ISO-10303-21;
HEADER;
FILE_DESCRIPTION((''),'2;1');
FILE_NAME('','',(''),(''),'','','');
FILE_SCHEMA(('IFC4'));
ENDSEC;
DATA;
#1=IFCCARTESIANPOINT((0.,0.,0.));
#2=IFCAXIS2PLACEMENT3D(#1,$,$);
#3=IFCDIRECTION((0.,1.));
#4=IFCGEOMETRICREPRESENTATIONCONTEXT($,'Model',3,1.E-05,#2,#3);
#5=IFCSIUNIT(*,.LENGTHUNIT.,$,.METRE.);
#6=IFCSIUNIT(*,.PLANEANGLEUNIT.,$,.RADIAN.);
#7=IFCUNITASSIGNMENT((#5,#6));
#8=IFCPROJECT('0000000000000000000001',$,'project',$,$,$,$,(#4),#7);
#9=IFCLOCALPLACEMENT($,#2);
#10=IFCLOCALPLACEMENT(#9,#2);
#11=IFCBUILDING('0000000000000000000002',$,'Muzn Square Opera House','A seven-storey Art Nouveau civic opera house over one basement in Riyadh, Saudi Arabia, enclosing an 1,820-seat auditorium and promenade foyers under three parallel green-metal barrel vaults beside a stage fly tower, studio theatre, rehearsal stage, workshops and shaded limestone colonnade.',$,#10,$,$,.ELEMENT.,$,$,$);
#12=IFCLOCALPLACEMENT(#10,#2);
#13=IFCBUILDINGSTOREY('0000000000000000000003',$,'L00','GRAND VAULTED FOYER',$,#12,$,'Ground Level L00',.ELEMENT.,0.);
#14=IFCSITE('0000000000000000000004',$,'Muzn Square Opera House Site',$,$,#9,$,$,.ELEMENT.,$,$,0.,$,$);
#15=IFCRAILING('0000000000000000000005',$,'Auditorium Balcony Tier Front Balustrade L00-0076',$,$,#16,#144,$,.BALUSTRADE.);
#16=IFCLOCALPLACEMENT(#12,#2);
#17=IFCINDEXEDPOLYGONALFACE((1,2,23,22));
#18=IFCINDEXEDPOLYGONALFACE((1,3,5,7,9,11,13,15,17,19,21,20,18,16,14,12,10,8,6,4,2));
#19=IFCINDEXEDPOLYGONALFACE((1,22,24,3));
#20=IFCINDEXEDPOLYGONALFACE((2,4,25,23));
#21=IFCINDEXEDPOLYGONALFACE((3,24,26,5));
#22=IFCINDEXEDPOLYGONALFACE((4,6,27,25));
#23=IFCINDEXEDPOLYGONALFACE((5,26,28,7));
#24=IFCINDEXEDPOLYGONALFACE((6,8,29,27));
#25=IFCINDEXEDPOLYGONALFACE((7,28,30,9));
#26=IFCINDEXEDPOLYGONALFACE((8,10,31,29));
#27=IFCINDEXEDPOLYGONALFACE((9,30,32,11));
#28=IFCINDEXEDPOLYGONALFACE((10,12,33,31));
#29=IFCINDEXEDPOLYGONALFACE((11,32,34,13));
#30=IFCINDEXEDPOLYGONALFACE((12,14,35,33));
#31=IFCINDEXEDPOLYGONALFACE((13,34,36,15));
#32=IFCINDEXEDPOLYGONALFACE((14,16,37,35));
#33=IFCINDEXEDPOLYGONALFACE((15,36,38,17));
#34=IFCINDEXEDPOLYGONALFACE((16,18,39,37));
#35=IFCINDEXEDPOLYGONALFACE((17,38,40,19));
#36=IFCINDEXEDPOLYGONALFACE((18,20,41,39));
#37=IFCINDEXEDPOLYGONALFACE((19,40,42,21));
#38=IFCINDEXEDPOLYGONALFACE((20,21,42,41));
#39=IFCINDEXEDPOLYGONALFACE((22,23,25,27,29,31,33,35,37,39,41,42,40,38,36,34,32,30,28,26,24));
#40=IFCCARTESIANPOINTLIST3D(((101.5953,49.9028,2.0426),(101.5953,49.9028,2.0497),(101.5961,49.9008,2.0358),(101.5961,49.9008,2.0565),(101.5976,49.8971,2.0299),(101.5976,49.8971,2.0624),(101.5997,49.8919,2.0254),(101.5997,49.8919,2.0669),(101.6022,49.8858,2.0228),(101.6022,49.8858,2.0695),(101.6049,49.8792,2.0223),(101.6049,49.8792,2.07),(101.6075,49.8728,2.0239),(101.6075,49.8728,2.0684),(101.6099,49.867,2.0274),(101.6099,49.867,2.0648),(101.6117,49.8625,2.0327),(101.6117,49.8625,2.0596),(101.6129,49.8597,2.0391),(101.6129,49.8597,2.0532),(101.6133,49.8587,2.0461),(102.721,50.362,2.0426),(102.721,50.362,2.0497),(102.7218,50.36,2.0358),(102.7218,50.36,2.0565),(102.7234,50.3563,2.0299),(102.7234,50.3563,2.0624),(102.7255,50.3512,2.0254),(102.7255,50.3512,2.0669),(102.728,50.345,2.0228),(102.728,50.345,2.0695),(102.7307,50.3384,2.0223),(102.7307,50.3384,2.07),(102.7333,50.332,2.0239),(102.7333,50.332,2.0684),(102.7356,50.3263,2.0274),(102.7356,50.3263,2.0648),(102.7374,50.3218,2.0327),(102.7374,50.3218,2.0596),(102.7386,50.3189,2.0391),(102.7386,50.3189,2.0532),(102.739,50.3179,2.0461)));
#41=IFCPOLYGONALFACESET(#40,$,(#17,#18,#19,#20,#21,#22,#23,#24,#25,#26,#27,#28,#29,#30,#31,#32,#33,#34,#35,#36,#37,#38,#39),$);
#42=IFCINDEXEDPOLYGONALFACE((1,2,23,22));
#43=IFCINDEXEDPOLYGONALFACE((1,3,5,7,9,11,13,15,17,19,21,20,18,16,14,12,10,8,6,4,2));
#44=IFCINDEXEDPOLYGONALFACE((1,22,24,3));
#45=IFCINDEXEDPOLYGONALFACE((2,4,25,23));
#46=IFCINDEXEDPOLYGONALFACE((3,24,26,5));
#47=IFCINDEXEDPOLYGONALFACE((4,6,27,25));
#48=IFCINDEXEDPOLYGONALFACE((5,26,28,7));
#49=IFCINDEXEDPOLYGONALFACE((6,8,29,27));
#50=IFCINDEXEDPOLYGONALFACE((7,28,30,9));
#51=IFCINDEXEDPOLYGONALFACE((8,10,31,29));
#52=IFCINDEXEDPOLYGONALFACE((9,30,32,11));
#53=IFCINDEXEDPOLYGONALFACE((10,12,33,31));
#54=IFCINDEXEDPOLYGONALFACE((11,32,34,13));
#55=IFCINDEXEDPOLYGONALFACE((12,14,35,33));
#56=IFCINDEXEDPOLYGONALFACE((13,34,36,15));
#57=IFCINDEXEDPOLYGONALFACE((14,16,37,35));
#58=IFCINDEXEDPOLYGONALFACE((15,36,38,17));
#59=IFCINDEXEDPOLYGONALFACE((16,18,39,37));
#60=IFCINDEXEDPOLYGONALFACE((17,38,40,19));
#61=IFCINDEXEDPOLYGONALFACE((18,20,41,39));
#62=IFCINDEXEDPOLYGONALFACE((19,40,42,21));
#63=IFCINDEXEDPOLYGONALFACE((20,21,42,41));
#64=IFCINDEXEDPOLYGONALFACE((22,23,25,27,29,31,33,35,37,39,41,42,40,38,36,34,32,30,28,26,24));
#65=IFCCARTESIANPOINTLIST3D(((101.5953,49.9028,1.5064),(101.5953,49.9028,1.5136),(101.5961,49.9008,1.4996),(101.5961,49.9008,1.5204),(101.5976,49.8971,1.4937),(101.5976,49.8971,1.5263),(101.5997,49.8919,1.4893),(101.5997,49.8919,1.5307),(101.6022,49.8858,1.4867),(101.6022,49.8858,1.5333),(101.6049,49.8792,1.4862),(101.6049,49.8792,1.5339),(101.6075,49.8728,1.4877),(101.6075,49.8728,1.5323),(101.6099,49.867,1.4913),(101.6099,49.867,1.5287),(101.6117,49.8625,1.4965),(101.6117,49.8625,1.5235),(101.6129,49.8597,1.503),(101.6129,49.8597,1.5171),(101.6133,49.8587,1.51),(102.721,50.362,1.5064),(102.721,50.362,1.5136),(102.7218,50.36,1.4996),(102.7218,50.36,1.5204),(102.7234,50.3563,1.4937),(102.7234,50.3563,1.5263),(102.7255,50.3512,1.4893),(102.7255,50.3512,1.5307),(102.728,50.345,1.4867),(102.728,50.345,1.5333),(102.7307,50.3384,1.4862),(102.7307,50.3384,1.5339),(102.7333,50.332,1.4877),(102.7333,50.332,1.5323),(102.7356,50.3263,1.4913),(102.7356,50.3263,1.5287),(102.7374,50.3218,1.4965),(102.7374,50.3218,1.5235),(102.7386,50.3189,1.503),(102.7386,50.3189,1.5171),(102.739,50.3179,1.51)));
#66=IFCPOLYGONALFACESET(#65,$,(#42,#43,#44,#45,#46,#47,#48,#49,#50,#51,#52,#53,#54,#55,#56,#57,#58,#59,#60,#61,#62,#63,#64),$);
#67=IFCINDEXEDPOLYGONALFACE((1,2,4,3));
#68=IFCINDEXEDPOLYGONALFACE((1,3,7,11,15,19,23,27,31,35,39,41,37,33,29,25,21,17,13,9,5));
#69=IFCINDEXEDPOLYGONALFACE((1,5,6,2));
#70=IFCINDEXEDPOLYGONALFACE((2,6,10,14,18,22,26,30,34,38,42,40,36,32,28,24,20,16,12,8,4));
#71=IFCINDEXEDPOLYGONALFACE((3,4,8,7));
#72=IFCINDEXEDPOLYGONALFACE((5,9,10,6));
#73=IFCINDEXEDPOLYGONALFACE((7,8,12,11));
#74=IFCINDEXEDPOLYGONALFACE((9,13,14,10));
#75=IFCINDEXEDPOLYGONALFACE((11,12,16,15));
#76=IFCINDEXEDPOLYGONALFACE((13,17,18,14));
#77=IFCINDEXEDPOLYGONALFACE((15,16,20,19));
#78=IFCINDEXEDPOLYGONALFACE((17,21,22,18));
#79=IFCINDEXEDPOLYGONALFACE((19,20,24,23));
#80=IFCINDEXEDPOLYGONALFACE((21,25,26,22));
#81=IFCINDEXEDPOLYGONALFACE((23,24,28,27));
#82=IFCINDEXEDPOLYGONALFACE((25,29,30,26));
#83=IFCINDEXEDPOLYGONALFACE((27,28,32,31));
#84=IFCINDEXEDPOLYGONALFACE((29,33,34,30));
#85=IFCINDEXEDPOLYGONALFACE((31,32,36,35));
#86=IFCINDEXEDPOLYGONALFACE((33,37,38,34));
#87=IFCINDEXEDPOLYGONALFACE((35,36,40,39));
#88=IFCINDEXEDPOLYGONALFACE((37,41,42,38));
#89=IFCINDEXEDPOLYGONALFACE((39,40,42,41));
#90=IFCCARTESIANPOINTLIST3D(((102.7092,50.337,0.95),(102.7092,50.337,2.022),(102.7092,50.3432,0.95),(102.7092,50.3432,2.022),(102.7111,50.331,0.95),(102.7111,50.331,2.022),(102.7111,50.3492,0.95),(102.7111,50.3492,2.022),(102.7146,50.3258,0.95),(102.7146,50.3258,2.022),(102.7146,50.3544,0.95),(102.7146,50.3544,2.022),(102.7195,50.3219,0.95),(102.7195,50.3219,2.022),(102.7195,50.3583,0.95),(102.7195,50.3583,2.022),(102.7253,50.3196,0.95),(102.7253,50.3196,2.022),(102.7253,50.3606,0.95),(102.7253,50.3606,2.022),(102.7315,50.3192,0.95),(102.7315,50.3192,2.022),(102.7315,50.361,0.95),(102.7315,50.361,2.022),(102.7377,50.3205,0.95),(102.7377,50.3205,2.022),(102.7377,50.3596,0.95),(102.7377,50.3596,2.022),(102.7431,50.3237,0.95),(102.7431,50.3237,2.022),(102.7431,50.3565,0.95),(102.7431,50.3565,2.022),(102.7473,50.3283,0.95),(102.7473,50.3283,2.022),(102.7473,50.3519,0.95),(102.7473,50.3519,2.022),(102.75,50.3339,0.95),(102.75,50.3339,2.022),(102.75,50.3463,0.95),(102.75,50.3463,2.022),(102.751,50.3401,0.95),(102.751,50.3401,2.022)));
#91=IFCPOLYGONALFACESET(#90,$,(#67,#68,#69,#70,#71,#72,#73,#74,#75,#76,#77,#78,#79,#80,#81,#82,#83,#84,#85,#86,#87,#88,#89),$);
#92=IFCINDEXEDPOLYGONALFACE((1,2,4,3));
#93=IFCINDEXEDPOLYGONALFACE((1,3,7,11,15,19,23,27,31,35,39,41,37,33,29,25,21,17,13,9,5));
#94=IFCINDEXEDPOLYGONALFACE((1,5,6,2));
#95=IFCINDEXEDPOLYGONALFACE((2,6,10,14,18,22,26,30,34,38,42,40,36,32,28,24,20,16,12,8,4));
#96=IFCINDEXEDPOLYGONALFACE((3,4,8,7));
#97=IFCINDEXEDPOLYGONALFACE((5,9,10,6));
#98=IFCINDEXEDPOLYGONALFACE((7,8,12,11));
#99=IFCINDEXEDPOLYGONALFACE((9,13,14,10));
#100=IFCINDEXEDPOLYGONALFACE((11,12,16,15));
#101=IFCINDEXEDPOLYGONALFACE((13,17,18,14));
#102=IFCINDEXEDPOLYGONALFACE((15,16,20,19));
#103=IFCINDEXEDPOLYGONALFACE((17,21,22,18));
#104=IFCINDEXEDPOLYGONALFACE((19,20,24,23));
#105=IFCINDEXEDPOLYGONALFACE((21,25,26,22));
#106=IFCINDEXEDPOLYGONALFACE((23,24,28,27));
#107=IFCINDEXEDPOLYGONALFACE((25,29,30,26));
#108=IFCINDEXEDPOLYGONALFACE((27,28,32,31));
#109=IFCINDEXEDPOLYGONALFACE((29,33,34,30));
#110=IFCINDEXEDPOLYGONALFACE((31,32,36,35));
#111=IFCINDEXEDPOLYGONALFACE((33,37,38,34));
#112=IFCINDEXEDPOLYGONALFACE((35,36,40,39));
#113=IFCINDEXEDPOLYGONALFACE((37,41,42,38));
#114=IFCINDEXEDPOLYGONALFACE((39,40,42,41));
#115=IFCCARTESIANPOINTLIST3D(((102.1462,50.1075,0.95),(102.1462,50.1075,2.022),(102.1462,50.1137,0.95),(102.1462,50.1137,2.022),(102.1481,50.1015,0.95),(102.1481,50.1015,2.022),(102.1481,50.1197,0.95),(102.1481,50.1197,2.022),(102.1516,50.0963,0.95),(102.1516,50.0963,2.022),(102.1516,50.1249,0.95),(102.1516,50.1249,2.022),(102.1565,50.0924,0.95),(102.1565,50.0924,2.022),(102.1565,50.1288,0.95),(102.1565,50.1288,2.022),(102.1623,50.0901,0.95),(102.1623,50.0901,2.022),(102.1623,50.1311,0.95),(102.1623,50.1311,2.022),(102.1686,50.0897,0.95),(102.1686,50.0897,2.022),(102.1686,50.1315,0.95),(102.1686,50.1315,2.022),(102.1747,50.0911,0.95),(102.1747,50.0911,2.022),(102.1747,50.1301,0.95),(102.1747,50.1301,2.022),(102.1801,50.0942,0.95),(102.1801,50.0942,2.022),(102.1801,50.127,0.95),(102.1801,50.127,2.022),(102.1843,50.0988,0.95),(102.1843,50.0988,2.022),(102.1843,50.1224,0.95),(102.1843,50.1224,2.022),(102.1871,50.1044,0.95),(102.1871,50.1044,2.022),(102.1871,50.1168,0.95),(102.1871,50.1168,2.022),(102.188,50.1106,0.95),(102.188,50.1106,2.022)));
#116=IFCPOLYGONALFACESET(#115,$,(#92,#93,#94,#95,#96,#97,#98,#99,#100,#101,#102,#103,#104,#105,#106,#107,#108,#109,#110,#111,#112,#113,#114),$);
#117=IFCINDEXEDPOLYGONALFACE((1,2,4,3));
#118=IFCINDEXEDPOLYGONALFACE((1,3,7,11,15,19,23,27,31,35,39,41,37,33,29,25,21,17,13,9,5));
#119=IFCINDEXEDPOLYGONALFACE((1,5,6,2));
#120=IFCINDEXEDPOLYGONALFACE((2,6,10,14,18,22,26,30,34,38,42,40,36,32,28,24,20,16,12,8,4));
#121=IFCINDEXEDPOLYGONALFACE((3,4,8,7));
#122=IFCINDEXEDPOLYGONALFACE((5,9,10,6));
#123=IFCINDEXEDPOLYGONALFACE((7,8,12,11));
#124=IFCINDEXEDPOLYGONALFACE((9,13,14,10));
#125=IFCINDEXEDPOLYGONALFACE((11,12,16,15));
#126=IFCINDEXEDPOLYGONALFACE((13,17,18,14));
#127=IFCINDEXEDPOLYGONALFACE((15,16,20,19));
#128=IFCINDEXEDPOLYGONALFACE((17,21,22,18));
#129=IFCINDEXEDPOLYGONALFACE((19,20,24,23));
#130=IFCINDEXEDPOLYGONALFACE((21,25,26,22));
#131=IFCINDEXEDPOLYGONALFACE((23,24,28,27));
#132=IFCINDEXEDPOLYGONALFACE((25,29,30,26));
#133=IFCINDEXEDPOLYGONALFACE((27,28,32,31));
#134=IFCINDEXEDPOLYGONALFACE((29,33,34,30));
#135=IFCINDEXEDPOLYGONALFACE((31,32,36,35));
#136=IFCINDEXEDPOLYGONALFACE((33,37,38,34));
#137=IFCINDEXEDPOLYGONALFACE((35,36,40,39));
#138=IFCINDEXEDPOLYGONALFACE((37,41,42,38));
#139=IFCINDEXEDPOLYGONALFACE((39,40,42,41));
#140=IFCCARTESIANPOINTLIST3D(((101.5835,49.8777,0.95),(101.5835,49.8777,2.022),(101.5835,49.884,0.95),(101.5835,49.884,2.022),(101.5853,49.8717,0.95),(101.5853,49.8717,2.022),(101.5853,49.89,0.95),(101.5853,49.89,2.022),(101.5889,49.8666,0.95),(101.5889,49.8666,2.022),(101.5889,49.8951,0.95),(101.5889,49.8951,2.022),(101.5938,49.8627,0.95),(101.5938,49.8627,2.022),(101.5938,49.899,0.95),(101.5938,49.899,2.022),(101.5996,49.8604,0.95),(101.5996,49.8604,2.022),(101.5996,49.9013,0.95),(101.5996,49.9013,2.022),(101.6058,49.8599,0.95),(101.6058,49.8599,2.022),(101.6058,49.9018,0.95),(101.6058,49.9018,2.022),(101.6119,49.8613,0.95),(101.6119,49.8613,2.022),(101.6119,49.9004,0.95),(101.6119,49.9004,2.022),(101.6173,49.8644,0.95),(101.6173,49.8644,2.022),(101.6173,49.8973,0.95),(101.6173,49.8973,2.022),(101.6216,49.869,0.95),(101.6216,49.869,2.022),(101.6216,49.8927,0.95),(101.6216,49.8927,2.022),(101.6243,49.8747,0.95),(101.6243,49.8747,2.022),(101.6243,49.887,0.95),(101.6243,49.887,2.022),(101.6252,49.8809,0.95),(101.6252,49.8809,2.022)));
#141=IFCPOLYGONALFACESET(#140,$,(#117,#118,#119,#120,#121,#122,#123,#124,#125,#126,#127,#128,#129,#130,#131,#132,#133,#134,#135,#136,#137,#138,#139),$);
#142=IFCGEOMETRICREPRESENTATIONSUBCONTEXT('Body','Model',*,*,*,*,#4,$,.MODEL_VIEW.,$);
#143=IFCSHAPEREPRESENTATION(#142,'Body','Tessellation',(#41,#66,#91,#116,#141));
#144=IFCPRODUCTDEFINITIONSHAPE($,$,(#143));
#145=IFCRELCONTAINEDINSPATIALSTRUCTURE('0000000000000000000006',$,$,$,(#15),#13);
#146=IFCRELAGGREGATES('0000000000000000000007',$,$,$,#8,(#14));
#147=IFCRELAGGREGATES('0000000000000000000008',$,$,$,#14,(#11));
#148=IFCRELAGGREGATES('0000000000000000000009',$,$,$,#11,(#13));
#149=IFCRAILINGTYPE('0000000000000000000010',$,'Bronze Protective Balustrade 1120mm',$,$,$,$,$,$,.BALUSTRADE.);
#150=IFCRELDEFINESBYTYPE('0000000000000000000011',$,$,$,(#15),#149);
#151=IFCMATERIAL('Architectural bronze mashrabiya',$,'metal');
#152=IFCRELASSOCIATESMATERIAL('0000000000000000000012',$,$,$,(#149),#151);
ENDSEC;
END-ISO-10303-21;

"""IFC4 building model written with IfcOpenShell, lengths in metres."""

from ifc_helpers import new_model, si_unit, direction, frame, origin, origin_2d, place, context, subcontext, project, spatial, circle, extrude, material, type_object, element, save


model = new_model("IFC4")

# Units and contexts
model_context = context("Model", 3, precision=1e-05, world=origin(), true_north=direction((0.0, 1.0)))
body_context = subcontext(model_context, "Body", "Model", "MODEL_VIEW")
ifc_project = project(units=[si_unit("LENGTHUNIT", "METRE"), si_unit("PLANEANGLEUNIT", "RADIAN")], contexts=[model_context])

# Site, building, storey
site_placement = place(None, origin())
site = spatial("IfcSite", under=ifc_project, at=site_placement, Name="Muzn Square Opera House Site", CompositionType="ELEMENT", RefElevation=0.0)
building_placement = place(site_placement, origin())
building = spatial("IfcBuilding", under=site, at=building_placement, Name="Muzn Square Opera House", Description="A seven-storey Art Nouveau civic opera house over one basement in Riyadh, Saudi Arabia, enclosing an 1,820-seat auditorium and promenade foyers under three parallel green-metal barrel vaults beside a stage fly tower, studio theatre, rehearsal stage, workshops and shaded limestone colonnade.", CompositionType="ELEMENT")
storey_placement = place(building_placement, origin())
storey = spatial("IfcBuildingStorey", under=building, at=storey_placement, Name="L00", Description="GRAND VAULTED FOYER", LongName="Ground Level L00", CompositionType="ELEMENT", Elevation=0.0)

# Railing
ifc_material_1 = material(Name="Architectural bronze mashrabiya", Category="metal")
railing_type_1 = type_object("IfcRailingType", Name="Bronze Protective Balustrade 1120mm", PredefinedType="BALUSTRADE", material=ifc_material_1)
railing_1_placement = place(storey_placement, frame((102.73, 50.3401, 0.95)))
element("IfcRailing", 1, at=railing_1_placement, inside=storey, type_object=railing_type_1, Name="Auditorium Balcony Tier Front Balustrade L00-0076", PredefinedType="BALUSTRADE", context=body_context, shape_type="SweptSolid", body=[
    extrude(circle(Radius=0.0239, at=origin_2d()), frame((0.0, 0.0, 1.0962), z_axis=(-0.925921, -0.377718, 0.0), x_axis=(0.377718, -0.925921, 0.0)), (0.0, 0.0, 1.0), 1.2158),
    extrude(circle(Radius=0.0239, at=origin_2d()), frame((0.0, 0.0, 0.5601), z_axis=(-0.925921, -0.377718, 0.0), x_axis=(0.377718, -0.925921, 0.0)), (0.0, 0.0, 1.0), 1.2158),
    extrude(circle(Radius=0.021, at=origin_2d()), origin(), (0.0, 0.0, 1.0), 1.072),
    extrude(circle(Radius=0.021, at=origin_2d()), frame((-0.563, -0.2295, 0.0)), (0.0, 0.0, 1.0), 1.072),
    extrude(circle(Radius=0.021, at=origin_2d()), frame((-1.1257, -0.4592, 0.0)), (0.0, 0.0, 1.0), 1.072),
])

save(model, "model.ifc")
